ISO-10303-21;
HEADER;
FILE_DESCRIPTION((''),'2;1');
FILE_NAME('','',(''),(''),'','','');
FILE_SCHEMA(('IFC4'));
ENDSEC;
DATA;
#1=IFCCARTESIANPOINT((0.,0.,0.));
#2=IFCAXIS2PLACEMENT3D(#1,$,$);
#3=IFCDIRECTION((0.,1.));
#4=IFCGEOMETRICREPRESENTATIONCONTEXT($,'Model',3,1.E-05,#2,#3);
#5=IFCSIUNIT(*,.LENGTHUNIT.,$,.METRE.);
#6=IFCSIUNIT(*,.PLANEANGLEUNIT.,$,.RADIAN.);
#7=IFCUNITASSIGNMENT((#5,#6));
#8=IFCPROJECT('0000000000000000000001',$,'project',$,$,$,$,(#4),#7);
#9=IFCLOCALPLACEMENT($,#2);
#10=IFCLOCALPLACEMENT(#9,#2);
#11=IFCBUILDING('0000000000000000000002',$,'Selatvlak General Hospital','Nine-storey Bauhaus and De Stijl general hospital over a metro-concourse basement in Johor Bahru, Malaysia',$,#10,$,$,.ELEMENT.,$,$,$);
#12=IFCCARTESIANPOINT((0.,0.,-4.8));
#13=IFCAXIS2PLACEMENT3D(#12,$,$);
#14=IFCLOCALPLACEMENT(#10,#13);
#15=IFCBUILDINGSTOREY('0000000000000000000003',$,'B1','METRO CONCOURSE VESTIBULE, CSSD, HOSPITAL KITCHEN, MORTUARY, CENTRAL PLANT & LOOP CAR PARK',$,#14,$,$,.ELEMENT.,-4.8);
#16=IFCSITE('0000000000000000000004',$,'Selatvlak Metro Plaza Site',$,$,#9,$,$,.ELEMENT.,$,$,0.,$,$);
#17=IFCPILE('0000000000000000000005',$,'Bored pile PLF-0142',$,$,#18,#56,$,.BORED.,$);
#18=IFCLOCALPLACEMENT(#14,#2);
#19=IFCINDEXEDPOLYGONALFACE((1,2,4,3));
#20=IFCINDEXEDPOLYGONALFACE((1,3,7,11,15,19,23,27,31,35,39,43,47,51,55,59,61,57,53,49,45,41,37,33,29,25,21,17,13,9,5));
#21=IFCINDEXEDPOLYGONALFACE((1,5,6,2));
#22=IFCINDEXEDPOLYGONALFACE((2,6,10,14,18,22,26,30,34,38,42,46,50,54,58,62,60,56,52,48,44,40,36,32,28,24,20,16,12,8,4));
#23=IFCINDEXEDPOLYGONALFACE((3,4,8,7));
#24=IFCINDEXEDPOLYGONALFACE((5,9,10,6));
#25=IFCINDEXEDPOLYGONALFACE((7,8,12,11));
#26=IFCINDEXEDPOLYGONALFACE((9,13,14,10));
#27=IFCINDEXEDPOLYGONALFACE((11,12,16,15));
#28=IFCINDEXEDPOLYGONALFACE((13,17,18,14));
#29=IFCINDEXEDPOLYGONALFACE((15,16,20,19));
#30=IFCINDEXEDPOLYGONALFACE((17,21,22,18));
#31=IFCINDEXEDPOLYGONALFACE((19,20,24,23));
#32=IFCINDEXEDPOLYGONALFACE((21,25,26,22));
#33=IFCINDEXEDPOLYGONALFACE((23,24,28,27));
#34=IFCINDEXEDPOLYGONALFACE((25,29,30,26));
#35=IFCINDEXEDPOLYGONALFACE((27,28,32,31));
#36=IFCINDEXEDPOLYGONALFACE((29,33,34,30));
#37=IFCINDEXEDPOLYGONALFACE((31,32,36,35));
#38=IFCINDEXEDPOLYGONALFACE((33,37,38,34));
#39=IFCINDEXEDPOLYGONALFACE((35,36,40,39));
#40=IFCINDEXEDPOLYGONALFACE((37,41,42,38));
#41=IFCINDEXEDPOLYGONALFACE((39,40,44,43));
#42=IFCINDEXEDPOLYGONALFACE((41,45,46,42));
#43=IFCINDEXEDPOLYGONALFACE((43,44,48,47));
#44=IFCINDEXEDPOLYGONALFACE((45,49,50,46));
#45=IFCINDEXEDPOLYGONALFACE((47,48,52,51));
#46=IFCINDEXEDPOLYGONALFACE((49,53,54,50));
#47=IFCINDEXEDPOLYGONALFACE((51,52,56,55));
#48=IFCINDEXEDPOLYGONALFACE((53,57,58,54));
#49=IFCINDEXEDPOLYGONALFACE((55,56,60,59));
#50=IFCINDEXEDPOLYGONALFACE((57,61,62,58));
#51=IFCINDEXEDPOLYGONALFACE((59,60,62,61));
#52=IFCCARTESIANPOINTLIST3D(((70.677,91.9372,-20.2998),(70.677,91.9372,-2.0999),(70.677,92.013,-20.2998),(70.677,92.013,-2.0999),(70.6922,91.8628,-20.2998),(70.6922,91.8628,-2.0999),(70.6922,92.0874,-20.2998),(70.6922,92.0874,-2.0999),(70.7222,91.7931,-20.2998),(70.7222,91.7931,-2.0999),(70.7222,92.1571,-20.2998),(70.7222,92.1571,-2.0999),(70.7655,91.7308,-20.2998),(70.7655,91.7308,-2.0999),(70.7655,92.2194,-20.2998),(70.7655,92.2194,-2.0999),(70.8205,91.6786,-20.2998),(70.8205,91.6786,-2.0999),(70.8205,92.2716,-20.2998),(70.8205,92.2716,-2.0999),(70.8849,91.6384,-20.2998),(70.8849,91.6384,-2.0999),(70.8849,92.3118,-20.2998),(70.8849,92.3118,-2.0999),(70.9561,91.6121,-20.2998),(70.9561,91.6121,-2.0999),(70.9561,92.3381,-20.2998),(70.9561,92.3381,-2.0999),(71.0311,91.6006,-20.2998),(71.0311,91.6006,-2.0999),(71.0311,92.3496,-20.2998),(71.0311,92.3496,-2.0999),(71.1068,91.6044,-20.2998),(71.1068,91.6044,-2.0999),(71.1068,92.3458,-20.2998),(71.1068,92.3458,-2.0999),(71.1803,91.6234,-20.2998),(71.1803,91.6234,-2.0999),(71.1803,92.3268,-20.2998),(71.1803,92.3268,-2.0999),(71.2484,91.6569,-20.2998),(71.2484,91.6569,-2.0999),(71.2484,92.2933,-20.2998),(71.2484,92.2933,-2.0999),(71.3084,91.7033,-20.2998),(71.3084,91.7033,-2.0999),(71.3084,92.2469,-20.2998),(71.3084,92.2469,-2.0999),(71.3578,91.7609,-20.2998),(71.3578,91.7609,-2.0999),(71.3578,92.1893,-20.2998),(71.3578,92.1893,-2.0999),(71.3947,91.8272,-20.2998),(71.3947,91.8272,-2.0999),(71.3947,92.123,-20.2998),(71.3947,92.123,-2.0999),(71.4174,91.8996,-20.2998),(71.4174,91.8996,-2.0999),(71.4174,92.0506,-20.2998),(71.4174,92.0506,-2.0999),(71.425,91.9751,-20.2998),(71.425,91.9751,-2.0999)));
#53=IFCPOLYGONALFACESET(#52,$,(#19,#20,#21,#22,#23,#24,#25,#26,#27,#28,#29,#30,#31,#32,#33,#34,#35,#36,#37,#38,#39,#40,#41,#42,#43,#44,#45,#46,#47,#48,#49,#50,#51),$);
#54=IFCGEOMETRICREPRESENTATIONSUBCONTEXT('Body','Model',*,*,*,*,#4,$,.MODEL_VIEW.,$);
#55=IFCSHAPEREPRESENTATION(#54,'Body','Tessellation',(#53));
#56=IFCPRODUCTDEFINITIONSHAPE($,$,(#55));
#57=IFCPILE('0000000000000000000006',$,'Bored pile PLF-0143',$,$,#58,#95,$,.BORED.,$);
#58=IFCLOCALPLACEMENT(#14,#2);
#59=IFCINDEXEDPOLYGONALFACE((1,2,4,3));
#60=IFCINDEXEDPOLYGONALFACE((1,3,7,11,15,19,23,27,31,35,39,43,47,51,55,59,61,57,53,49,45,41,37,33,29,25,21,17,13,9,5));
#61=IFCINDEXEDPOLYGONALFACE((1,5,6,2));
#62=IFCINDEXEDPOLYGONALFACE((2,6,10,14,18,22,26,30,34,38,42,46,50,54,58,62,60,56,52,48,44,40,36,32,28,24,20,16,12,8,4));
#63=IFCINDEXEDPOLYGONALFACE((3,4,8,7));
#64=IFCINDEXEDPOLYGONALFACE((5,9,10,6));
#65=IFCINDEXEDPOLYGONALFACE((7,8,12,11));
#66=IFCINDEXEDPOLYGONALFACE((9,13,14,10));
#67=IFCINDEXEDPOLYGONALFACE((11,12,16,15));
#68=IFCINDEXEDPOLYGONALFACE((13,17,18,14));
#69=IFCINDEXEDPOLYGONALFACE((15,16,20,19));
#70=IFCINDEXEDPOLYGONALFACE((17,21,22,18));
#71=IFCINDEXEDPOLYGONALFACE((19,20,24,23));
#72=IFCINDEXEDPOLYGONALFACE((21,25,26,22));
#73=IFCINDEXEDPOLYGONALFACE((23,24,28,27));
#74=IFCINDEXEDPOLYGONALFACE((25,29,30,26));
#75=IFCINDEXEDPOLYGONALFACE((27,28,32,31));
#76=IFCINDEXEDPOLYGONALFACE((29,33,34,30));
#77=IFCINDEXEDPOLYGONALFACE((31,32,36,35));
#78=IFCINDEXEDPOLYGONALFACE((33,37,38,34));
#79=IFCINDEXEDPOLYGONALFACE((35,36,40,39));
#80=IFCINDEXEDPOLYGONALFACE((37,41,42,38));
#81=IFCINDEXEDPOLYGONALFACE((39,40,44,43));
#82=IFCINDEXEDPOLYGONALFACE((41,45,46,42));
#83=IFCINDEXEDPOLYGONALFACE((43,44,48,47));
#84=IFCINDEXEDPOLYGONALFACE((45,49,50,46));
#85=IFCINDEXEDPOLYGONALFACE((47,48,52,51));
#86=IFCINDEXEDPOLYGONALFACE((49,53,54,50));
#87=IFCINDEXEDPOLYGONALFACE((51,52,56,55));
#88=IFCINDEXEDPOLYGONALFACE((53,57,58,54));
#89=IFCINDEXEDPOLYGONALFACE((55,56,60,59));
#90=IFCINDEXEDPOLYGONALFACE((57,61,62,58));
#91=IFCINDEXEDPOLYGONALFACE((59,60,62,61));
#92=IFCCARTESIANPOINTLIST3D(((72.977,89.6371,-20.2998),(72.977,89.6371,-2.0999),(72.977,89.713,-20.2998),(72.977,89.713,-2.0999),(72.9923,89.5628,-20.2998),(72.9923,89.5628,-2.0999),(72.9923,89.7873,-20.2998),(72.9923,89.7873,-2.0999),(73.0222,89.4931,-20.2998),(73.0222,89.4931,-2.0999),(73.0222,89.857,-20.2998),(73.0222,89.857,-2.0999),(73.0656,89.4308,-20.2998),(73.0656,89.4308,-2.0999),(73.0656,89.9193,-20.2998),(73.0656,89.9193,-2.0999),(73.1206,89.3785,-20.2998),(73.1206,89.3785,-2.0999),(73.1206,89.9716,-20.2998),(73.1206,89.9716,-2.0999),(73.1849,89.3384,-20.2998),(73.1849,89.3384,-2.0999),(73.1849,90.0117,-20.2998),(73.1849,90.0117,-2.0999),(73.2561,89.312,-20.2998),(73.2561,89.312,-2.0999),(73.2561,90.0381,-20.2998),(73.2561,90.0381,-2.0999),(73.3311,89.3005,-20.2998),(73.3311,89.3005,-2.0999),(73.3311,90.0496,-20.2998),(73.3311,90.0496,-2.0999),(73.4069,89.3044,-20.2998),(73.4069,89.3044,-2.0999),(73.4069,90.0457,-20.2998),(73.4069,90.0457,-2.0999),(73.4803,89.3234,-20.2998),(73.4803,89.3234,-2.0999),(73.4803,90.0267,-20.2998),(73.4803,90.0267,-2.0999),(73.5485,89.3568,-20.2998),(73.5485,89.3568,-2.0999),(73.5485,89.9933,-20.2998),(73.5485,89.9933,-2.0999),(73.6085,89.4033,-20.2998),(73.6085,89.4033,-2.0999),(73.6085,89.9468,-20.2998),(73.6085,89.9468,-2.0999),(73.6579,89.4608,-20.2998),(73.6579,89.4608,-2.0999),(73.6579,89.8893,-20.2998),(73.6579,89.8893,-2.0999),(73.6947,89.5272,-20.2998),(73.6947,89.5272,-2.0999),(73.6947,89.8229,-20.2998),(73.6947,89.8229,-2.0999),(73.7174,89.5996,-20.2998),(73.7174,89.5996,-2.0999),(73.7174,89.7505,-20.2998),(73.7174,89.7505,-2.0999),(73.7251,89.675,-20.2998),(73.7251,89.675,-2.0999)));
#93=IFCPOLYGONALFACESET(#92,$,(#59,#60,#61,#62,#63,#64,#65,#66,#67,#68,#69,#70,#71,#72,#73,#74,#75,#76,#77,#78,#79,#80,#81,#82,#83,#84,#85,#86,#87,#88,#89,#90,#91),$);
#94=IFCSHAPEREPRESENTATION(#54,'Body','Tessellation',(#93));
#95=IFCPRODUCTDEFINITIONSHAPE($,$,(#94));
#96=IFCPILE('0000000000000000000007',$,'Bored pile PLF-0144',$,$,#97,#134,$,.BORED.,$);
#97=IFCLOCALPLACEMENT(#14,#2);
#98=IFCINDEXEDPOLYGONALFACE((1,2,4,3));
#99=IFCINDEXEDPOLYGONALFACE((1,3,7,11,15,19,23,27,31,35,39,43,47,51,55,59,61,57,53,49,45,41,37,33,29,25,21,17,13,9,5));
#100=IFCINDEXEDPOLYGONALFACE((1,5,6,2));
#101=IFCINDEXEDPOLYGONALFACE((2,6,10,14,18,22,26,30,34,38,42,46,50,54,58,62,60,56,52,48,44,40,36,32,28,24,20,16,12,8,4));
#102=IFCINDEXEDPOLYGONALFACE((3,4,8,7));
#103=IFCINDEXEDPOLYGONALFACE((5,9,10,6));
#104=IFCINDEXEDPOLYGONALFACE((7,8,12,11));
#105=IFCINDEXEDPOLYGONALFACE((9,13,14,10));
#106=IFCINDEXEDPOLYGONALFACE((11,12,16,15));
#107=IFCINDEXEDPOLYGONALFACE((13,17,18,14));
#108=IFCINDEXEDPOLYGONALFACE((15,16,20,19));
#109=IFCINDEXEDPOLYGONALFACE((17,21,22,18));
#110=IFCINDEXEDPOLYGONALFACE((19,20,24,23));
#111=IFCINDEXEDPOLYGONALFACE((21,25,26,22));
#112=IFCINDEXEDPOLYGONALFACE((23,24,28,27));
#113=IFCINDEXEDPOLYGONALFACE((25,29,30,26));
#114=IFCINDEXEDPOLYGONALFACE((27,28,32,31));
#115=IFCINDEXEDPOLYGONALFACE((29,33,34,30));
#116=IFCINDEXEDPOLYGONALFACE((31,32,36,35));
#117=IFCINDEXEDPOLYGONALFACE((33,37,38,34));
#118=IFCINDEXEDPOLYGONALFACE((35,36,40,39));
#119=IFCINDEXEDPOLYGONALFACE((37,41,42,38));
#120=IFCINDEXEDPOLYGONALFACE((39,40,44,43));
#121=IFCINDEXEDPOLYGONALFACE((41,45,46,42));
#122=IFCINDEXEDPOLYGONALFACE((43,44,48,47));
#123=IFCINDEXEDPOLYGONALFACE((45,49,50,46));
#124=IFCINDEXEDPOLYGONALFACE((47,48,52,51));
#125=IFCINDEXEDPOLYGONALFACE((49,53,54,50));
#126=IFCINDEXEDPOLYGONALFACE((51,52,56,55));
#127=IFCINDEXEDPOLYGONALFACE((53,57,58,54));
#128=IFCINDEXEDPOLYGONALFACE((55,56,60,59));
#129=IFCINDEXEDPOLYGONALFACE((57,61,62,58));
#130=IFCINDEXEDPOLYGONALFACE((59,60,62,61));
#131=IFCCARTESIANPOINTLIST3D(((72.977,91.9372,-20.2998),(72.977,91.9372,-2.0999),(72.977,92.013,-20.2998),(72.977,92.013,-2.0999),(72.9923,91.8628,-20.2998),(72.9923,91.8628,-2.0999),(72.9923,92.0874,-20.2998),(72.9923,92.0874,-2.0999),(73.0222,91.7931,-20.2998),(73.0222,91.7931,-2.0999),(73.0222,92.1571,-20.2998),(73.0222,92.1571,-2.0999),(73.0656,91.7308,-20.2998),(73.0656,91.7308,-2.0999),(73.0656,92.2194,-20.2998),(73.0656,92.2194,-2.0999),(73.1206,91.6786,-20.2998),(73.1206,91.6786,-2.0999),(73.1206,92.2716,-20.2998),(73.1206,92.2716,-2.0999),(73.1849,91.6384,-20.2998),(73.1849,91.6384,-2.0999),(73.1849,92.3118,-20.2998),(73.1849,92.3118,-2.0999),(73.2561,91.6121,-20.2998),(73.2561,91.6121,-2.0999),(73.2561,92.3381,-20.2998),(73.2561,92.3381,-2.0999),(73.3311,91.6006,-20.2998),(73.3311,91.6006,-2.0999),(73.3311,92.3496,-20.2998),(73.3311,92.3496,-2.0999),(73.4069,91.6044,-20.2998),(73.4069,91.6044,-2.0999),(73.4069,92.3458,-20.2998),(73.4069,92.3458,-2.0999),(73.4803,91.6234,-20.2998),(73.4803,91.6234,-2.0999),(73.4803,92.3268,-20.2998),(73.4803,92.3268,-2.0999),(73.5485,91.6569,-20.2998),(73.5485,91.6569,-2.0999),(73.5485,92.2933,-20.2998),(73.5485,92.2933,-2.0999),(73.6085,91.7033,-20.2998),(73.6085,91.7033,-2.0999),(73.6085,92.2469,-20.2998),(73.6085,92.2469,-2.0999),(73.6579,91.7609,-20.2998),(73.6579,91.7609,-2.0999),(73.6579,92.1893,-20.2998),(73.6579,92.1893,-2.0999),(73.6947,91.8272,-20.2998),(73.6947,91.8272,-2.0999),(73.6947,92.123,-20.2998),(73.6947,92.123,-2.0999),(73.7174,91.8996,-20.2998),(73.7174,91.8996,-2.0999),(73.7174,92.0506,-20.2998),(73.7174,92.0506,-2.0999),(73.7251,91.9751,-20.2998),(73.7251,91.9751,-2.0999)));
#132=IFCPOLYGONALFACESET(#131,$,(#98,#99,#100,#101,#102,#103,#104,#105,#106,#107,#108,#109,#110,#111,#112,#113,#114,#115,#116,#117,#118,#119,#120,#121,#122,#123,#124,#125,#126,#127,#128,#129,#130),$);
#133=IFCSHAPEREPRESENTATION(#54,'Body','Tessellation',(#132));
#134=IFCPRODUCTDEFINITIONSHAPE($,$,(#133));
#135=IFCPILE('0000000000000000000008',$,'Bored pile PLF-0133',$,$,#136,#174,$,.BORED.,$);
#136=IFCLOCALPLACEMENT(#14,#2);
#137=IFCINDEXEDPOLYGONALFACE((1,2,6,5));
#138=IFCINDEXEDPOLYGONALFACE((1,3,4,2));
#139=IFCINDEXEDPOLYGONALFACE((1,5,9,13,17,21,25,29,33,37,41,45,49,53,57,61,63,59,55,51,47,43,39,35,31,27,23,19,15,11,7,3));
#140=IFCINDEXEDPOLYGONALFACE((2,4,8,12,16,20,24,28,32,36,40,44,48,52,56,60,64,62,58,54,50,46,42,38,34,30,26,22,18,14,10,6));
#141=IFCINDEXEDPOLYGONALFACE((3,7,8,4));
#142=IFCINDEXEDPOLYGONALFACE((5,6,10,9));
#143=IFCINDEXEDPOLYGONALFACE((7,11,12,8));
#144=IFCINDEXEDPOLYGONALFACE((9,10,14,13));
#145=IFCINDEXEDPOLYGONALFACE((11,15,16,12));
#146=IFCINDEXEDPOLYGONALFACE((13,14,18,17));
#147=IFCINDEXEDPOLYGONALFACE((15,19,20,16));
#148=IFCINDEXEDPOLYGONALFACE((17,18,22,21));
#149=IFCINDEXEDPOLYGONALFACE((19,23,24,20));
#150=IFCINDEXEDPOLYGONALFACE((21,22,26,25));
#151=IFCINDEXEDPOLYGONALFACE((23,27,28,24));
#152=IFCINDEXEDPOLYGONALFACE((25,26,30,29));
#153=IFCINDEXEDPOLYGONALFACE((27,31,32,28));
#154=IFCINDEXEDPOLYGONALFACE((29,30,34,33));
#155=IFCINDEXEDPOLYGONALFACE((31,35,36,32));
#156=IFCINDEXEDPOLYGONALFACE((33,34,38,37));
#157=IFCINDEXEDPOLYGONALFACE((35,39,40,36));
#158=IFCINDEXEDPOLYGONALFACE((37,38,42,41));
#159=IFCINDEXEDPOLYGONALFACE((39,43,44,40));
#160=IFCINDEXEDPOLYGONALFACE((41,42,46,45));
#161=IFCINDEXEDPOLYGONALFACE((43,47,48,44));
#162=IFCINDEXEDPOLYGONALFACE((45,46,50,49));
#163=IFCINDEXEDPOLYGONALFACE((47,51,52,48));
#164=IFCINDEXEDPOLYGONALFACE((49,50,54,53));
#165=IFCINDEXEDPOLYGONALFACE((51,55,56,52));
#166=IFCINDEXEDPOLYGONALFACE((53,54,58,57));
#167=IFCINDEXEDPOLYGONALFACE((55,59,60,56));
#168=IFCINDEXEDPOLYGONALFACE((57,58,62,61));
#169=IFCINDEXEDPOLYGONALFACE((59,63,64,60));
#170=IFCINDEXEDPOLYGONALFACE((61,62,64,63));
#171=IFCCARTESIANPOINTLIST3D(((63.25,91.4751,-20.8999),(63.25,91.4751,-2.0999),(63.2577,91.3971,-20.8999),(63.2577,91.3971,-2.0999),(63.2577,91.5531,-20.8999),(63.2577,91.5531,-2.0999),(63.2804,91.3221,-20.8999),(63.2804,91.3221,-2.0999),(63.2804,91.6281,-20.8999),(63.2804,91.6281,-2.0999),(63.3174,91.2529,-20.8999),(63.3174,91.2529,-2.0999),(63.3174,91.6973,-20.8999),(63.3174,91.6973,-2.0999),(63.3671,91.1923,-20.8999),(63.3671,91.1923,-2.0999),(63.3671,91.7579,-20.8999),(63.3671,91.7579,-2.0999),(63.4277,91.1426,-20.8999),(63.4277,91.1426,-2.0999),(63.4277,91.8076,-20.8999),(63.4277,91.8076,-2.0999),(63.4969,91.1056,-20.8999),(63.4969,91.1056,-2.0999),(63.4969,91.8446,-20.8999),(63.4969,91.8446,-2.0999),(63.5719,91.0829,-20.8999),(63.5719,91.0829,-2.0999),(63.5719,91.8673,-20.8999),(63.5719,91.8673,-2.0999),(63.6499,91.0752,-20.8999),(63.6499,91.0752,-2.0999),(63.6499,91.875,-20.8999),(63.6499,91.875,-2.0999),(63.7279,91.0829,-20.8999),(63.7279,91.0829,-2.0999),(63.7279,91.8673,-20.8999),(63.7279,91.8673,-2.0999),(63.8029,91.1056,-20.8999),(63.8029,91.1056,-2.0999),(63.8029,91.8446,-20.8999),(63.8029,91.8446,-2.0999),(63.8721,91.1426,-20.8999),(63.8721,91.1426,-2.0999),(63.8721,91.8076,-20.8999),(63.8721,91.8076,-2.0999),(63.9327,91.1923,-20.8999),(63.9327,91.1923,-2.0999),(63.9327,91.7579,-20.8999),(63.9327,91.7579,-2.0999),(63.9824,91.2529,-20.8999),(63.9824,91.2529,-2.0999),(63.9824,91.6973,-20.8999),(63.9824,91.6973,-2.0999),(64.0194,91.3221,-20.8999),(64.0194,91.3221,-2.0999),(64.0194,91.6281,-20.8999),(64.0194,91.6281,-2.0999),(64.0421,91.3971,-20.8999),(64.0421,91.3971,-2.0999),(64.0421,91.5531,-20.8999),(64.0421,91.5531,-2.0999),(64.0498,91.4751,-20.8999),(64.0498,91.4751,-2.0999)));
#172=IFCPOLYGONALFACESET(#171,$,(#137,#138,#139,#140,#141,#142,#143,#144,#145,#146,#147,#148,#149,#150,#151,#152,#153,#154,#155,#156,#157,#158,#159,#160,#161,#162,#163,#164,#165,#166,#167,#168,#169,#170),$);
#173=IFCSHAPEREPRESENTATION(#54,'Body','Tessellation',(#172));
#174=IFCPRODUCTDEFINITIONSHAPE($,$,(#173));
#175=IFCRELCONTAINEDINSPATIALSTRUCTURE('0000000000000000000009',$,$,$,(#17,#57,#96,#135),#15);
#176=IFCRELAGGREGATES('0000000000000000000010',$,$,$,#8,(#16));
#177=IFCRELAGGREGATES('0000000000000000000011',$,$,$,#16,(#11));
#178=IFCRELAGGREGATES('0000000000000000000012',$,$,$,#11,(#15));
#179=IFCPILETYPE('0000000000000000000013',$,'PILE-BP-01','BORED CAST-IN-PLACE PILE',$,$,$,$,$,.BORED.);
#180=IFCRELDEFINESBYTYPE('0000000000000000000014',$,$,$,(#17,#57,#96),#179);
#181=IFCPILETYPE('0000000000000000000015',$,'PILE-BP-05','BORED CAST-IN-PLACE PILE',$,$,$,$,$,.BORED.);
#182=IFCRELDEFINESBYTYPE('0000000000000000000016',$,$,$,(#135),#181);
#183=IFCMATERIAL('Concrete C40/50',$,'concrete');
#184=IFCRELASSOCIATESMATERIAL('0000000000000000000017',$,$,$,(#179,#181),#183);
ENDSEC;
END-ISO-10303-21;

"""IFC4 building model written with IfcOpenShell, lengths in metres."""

from ifc_helpers import new_model, si_unit, direction, frame, origin, origin_2d, place, context, subcontext, project, spatial, circle, extrude, material, material_profile, profile_set, type_object, element, save


model = new_model("IFC4")

# Units and contexts
model_context = context("Model", 3, precision=1e-05, world=origin(), true_north=direction((0.0, 1.0)))
body_context = subcontext(model_context, "Body", "Model", "MODEL_VIEW")
ifc_project = project(units=[si_unit("LENGTHUNIT", "METRE"), si_unit("PLANEANGLEUNIT", "RADIAN")], contexts=[model_context])

# Site, building, storey
site_placement = place(None, origin())
site = spatial("IfcSite", under=ifc_project, at=site_placement, Name="Selatvlak Metro Plaza Site", CompositionType="ELEMENT", RefElevation=0.0)
building_placement = place(site_placement, origin())
building = spatial("IfcBuilding", under=site, at=building_placement, Name="Selatvlak General Hospital", Description="Nine-storey Bauhaus and De Stijl general hospital over a metro-concourse basement in Johor Bahru, Malaysia", CompositionType="ELEMENT")
storey_placement = place(building_placement, frame((0.0, 0.0, -4.8)))
storey = spatial("IfcBuildingStorey", under=building, at=storey_placement, Name="B1", Description="METRO CONCOURSE VESTIBULE, CSSD, HOSPITAL KITCHEN, MORTUARY, CENTRAL PLANT & LOOP CAR PARK", CompositionType="ELEMENT", Elevation=-4.8)

# Shared definitions
ifc_material_1 = material(Name="Concrete C40/50", Category="concrete")

# Piles
ifc_material_profile_1 = material_profile(ifc_material_1, circle(Radius=0.375, at=origin_2d()), Name="BORED PILE 750")
ifc_profile_set_1 = profile_set([ifc_material_profile_1], Name="Concrete C40/50")
pile_type_1 = type_object("IfcPileType", Name="PILE-BP-01", Description="BORED CAST-IN-PLACE PILE", PredefinedType="BORED", material=ifc_profile_set_1)
for number, where, z_axis, x_axis, name in (
    (1, (71.05, 91.9751, -2.0999), (0.0, 0.0, -1.0), (1.0, 0.0, 0.0), "Bored pile PLF-0142"),
    (2, (73.3501, 89.675, -2.0999), (0.0, 0.0, -1.0), (1.0, 0.0, 0.0), "Bored pile PLF-0143"),
    (3, (73.3501, 91.9751, -2.0999), (0.0, 0.0, -1.0), (1.0, 0.0, 0.0), "Bored pile PLF-0144"),
):
    element("IfcPile", number, at=place(storey_placement, frame(where, z_axis=z_axis, x_axis=x_axis)), inside=storey, type_object=pile_type_1, Name=name, PredefinedType="BORED", context=body_context, shape_type="SweptSolid", body=[
        extrude(circle(Radius=0.375, at=origin_2d()), origin(), (0.0, 0.0, 1.0), 18.2),
    ])
ifc_material_profile_2 = material_profile(ifc_material_1, circle(Radius=0.3999, at=origin_2d()), Name="BORED PILE 800")
ifc_profile_set_2 = profile_set([ifc_material_profile_2], Name="Concrete C40/50")
pile_type_2 = type_object("IfcPileType", Name="PILE-BP-05", Description="BORED CAST-IN-PLACE PILE", PredefinedType="BORED", material=ifc_profile_set_2)
for number, where, z_axis, x_axis, name in (
    (4, (63.6499, 91.4751, -2.0999), (0.0, 0.0, -1.0), (1.0, 0.0, 0.0), "Bored pile PLF-0133"),
):
    element("IfcPile", number, at=place(storey_placement, frame(where, z_axis=z_axis, x_axis=x_axis)), inside=storey, type_object=pile_type_2, Name=name, PredefinedType="BORED", context=body_context, shape_type="SweptSolid", body=[
        extrude(circle(Radius=0.3999, at=origin_2d()), origin(), (0.0, 0.0, 1.0), 18.8),
    ])

save(model, "model.ifc")
